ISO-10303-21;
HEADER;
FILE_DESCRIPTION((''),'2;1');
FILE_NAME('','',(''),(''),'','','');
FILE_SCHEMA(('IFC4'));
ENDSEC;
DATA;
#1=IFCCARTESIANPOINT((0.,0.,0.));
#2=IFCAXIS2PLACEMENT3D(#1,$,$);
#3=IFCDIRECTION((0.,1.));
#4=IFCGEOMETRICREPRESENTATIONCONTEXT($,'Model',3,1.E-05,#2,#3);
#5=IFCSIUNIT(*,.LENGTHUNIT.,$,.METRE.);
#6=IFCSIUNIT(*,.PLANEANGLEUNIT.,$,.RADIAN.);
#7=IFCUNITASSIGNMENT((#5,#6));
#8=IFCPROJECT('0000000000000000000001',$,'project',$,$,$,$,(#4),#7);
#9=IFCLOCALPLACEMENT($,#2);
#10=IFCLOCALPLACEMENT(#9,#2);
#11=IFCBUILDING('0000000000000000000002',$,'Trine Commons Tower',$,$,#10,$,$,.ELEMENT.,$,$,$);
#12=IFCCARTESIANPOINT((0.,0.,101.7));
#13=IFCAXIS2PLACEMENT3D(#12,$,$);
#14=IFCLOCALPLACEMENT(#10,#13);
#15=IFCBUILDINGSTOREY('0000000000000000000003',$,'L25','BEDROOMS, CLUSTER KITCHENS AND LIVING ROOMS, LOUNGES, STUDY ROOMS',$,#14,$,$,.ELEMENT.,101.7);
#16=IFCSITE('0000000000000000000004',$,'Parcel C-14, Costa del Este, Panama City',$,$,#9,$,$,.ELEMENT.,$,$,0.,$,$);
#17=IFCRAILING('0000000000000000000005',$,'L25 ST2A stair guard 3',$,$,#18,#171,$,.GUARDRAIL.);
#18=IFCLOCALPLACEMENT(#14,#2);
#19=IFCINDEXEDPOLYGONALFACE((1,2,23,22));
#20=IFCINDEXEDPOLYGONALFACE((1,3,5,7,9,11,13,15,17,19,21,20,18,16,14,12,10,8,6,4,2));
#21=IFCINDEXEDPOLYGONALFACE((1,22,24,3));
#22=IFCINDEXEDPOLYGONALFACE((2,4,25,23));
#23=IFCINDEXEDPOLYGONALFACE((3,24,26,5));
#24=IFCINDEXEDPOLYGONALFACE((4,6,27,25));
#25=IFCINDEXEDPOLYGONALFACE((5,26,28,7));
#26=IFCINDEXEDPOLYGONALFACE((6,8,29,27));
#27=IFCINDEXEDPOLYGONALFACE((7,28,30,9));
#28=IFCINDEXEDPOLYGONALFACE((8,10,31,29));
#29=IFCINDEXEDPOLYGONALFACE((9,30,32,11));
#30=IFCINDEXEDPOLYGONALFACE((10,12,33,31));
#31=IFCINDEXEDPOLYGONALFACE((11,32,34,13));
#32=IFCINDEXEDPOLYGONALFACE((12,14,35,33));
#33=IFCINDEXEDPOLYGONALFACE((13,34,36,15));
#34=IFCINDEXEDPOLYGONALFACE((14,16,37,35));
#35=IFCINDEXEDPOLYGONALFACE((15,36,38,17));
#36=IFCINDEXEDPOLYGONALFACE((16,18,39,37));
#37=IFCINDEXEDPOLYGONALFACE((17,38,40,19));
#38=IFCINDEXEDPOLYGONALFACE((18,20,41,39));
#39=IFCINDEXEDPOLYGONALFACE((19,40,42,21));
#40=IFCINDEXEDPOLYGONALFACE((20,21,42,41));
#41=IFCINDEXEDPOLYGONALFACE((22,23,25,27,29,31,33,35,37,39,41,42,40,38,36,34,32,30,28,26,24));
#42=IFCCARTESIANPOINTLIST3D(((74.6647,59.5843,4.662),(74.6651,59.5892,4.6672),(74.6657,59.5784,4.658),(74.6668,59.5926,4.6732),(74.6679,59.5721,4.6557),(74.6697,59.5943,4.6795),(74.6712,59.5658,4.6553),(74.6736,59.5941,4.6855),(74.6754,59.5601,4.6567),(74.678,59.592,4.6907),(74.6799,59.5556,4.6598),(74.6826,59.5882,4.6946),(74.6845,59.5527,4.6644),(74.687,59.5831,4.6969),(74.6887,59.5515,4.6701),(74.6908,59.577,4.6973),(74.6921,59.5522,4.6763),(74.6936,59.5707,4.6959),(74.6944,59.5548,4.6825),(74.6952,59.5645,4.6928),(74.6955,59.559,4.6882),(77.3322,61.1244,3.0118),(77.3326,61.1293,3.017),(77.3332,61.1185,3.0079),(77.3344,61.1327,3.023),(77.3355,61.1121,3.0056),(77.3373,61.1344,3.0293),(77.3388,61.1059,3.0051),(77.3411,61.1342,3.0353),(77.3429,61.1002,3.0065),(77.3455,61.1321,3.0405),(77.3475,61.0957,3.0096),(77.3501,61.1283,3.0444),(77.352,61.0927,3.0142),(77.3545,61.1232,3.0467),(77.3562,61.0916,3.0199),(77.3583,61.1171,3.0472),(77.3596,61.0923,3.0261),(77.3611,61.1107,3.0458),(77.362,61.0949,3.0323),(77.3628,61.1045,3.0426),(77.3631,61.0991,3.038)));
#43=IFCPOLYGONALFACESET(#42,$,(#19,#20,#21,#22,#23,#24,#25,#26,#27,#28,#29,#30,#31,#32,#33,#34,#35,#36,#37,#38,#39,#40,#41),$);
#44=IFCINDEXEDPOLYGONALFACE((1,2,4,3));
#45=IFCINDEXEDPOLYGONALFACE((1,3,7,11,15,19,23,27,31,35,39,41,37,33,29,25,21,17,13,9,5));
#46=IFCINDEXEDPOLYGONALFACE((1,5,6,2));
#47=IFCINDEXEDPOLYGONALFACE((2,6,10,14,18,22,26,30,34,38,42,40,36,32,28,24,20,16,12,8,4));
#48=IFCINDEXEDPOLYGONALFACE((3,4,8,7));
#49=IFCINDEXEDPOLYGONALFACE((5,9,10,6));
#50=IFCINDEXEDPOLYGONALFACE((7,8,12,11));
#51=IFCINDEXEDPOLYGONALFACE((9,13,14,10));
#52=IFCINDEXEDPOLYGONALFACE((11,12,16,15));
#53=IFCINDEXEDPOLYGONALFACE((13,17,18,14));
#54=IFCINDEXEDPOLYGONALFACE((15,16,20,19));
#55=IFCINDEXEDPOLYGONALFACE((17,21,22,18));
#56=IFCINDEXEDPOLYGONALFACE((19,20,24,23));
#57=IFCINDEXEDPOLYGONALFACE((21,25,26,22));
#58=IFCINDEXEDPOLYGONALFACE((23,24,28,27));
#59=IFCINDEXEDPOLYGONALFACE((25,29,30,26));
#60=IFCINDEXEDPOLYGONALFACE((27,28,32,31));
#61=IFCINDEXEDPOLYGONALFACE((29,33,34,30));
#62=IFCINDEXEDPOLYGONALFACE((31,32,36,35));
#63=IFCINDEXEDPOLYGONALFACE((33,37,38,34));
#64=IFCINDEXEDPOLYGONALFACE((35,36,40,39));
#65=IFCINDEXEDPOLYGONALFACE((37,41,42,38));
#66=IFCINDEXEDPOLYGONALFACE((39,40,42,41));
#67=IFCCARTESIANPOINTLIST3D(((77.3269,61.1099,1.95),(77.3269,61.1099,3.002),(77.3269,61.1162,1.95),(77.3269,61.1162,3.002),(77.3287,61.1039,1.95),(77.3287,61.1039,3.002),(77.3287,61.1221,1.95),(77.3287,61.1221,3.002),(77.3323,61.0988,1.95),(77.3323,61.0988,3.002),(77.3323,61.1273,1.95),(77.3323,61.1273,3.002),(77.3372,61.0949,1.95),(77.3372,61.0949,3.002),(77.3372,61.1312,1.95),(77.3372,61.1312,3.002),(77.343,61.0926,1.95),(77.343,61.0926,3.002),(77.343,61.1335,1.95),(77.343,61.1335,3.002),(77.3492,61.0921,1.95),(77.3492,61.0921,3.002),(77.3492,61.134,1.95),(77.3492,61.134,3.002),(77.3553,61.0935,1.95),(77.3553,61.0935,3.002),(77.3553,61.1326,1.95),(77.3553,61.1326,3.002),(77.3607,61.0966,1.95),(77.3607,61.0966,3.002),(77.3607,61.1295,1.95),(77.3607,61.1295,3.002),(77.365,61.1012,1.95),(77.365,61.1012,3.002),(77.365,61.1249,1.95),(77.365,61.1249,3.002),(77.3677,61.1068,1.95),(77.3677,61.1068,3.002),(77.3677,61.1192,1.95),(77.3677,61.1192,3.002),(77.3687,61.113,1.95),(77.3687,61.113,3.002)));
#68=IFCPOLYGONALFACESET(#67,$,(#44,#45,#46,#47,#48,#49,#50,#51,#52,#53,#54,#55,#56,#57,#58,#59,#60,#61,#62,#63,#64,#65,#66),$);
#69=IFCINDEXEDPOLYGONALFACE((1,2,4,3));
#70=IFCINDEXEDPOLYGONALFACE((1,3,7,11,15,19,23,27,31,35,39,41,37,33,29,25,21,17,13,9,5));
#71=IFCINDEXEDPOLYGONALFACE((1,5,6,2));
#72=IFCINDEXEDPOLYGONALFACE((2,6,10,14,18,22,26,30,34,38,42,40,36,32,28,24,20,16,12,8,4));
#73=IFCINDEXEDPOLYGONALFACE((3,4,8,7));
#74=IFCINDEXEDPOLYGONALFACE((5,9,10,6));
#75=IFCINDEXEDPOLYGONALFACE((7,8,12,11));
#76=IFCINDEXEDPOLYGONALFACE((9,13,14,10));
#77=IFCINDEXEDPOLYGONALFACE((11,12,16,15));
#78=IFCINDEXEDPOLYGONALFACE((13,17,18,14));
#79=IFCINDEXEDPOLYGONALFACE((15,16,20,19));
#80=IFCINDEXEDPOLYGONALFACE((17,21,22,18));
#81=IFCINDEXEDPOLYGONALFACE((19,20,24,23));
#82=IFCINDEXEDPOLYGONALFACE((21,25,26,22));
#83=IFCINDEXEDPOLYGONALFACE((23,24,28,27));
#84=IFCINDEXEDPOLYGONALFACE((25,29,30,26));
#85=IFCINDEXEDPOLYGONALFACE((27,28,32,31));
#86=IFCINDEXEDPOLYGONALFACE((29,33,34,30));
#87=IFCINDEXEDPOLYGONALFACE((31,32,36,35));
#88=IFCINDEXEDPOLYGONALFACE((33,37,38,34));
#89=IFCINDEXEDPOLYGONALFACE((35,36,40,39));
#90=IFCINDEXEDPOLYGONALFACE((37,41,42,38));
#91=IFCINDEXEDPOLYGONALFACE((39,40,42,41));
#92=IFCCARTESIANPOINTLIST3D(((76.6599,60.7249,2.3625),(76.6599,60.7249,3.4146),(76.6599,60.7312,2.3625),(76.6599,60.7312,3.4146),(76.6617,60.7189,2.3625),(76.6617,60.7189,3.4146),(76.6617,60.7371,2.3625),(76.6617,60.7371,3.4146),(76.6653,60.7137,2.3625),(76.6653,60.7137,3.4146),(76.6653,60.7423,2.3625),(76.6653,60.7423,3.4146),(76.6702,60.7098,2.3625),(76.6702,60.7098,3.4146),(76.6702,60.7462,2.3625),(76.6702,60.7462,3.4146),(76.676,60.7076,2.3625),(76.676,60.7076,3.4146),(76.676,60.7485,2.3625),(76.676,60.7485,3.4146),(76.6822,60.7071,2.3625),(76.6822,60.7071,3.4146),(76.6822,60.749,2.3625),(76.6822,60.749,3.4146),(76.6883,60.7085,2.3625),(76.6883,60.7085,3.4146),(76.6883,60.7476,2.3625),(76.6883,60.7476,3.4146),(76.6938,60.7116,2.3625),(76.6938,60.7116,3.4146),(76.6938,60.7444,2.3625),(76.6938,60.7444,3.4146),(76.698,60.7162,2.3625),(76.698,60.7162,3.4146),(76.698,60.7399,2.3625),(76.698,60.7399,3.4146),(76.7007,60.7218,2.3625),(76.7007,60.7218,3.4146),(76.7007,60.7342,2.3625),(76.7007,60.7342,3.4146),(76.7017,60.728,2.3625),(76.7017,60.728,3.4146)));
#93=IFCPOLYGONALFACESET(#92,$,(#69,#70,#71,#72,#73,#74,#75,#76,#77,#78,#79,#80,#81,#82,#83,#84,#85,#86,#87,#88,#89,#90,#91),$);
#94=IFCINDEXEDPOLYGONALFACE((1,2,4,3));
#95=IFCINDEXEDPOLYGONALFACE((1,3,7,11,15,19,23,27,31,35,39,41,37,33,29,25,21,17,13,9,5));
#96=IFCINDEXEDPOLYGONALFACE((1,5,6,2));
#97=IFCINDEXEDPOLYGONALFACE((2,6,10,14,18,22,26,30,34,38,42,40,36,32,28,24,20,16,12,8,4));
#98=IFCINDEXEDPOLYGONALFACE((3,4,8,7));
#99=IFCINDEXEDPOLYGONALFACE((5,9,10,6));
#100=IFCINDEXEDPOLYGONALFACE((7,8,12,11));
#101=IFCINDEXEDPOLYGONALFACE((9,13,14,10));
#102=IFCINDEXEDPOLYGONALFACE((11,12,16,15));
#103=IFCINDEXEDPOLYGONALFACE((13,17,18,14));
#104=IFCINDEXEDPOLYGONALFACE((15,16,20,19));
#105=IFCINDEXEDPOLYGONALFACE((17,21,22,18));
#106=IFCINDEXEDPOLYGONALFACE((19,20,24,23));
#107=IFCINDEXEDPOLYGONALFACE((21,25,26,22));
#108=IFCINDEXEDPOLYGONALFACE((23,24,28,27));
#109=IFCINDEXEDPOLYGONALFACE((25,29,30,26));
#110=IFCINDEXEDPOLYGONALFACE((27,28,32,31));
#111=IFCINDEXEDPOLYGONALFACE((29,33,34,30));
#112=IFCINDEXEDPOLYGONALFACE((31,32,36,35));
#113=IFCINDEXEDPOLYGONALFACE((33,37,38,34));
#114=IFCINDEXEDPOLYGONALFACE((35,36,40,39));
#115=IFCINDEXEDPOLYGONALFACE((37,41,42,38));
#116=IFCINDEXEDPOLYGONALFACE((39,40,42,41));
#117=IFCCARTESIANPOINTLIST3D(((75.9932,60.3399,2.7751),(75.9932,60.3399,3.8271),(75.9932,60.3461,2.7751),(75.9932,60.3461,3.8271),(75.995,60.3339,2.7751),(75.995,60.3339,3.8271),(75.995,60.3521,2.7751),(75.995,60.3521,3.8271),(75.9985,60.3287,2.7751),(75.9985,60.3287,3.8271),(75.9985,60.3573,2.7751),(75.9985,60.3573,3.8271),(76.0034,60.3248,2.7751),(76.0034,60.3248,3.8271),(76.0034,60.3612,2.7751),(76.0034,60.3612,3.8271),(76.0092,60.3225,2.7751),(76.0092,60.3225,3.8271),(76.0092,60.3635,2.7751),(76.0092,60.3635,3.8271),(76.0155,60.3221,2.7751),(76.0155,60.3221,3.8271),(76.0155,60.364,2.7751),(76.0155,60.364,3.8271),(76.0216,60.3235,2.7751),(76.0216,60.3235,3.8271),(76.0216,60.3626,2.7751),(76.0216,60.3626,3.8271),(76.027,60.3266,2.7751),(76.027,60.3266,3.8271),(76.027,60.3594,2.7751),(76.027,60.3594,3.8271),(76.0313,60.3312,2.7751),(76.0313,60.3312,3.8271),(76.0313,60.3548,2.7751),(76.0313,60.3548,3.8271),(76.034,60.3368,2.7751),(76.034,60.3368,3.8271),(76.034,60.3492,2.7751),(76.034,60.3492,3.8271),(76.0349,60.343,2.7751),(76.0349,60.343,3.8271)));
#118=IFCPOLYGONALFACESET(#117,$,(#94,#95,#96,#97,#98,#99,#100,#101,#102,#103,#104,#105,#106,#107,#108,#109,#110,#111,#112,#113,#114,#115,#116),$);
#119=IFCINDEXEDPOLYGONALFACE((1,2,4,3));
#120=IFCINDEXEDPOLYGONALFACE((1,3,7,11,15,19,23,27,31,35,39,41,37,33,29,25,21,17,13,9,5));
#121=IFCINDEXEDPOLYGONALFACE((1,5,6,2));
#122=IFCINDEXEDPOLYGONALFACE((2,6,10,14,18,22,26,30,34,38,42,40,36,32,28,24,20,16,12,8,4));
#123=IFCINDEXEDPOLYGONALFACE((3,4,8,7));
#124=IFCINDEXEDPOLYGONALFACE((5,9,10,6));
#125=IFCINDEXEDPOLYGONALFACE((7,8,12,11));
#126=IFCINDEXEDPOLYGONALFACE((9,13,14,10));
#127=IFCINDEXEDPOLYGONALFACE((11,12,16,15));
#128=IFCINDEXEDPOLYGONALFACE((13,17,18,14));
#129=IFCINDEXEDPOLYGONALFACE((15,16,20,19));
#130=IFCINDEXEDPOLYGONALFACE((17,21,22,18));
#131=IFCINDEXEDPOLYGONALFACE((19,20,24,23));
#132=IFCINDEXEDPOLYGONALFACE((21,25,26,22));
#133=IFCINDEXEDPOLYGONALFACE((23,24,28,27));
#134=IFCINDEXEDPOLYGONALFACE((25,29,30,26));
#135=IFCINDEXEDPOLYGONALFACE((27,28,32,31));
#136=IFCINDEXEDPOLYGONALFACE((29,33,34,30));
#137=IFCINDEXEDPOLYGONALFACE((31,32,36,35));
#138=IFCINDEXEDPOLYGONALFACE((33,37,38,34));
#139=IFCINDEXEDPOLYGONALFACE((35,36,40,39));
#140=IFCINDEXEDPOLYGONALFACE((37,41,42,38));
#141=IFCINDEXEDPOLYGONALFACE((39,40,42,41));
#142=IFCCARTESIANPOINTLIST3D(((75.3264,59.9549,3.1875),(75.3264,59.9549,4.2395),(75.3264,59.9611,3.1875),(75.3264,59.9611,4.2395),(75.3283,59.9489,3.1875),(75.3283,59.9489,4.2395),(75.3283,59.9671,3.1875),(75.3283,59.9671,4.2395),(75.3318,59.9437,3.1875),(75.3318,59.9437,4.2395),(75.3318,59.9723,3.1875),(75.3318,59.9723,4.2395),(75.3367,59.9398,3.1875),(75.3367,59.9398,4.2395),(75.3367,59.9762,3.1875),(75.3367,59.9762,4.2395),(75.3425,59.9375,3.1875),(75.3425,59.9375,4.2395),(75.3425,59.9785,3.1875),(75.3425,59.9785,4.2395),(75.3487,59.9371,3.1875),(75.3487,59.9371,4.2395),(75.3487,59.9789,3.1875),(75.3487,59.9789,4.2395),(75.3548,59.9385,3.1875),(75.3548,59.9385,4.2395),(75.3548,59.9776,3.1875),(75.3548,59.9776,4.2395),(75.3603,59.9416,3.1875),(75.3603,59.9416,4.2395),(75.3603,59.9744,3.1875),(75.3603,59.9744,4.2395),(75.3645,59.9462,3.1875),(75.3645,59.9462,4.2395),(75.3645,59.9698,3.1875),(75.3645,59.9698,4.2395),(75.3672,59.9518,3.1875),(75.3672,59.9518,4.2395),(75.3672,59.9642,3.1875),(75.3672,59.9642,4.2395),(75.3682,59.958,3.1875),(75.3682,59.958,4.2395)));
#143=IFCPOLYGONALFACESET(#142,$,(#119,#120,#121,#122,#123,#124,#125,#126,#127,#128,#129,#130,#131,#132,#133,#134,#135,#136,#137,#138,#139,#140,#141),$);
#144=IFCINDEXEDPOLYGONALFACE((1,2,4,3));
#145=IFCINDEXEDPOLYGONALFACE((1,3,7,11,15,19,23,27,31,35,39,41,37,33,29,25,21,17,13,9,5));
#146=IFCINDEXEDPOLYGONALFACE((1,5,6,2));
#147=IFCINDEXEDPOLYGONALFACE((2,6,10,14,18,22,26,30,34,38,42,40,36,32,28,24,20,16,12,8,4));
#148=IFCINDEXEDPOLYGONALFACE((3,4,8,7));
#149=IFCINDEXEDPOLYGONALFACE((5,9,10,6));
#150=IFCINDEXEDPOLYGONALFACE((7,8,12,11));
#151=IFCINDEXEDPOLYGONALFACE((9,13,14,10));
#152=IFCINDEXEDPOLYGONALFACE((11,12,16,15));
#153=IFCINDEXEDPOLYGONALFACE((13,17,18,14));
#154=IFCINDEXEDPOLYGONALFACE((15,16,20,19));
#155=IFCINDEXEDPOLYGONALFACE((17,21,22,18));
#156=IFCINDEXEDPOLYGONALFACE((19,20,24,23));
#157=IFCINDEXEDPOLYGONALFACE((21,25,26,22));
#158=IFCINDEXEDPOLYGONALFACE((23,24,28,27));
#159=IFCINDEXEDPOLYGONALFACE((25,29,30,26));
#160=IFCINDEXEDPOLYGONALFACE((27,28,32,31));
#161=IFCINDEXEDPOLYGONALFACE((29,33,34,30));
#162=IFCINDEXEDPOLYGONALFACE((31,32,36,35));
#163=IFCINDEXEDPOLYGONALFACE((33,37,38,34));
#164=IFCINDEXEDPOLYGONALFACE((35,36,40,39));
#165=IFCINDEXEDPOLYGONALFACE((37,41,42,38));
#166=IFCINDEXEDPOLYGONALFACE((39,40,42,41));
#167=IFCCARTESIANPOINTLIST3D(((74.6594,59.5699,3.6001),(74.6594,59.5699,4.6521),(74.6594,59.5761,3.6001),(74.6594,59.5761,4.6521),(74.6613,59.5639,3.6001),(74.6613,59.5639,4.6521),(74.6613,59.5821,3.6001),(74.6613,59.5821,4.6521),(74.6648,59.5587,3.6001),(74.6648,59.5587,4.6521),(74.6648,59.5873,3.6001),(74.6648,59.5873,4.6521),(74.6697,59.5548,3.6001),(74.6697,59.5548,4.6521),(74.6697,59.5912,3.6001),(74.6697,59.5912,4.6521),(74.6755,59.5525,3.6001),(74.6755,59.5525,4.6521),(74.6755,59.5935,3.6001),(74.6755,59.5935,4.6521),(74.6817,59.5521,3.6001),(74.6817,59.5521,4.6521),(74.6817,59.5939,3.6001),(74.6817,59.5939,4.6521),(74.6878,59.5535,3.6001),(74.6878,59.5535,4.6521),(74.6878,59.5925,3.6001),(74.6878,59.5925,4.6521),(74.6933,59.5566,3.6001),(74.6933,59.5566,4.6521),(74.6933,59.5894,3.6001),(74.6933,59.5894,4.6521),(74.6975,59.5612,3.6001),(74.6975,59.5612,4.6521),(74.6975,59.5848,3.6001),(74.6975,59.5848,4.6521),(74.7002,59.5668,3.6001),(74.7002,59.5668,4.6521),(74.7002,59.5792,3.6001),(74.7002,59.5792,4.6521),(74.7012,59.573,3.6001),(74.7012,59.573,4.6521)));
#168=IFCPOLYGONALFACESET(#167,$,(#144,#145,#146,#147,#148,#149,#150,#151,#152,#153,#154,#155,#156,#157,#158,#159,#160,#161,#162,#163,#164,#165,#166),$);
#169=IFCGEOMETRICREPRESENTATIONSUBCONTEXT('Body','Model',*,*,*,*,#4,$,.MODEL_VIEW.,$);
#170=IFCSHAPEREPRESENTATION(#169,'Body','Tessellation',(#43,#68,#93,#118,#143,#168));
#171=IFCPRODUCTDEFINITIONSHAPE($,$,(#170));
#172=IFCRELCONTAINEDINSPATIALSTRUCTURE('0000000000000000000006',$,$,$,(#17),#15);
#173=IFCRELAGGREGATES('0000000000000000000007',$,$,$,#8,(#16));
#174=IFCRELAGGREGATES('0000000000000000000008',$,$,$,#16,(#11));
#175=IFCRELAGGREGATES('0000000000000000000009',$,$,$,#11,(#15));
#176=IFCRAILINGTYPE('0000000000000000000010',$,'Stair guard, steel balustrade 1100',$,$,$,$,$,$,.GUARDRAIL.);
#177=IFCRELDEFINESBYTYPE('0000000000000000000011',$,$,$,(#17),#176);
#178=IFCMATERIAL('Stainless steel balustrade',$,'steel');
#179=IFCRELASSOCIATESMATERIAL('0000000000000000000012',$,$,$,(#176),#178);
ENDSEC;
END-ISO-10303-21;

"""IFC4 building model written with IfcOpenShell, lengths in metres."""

from ifc_helpers import new_model, si_unit, direction, frame, origin, origin_2d, place, context, subcontext, project, spatial, circle, extrude, material, type_object, element, save


model = new_model("IFC4")

# Units and contexts
model_context = context("Model", 3, precision=1e-05, world=origin(), true_north=direction((0.0, 1.0)))
body_context = subcontext(model_context, "Body", "Model", "MODEL_VIEW")
ifc_project = project(units=[si_unit("LENGTHUNIT", "METRE"), si_unit("PLANEANGLEUNIT", "RADIAN")], contexts=[model_context])

# Site, building, storey
site_placement = place(None, origin())
site = spatial("IfcSite", under=ifc_project, at=site_placement, Name="Parcel C-14, Costa del Este, Panama City", CompositionType="ELEMENT", RefElevation=0.0)
building_placement = place(site_placement, origin())
building = spatial("IfcBuilding", under=site, at=building_placement, Name="Trine Commons Tower", CompositionType="ELEMENT")
storey_placement = place(building_placement, frame((0.0, 0.0, 101.7)))
storey = spatial("IfcBuildingStorey", under=building, at=storey_placement, Name="L25", Description="BEDROOMS, CLUSTER KITCHENS AND LIVING ROOMS, LOUNGES, STUDY ROOMS", CompositionType="ELEMENT", Elevation=101.7)

# Railing
ifc_material_1 = material(Name="Stainless steel balustrade", Category="steel")
railing_type_1 = type_object("IfcRailingType", Name="Stair guard, steel balustrade 1100", PredefinedType="GUARDRAIL", material=ifc_material_1)
railing_1_placement = place(storey_placement, frame((77.3477, 61.113, 1.95)))
element("IfcRailing", 1, at=railing_1_placement, inside=storey, type_object=railing_type_1, Name="L25 ST2A stair guard 3", PredefinedType="GUARDRAIL", context=body_context, shape_type="SweptSolid", body=[
    extrude(circle(Radius=0.0239, at=origin_2d()), frame((0.0, 0.0, 1.0762), z_axis=(-0.76338, -0.440728, 0.472239), x_axis=(0.499992, -0.86603, 0.0)), (0.0, 0.0, 1.0), 3.4944),
    extrude(circle(Radius=0.021, at=origin_2d()), origin(), (0.0, 0.0, 1.0), 1.052),
    extrude(circle(Radius=0.021, at=origin_2d()), frame((-0.667, -0.385, 0.4126)), (0.0, 0.0, 1.0), 1.052),
    extrude(circle(Radius=0.021, at=origin_2d()), frame((-1.3337, -0.77, 0.8252)), (0.0, 0.0, 1.0), 1.052),
    extrude(circle(Radius=0.021, at=origin_2d()), frame((-2.0005, -1.155, 1.2375)), (0.0, 0.0, 1.0), 1.052),
    extrude(circle(Radius=0.021, at=origin_2d()), frame((-2.6675, -1.54, 1.6501)), (0.0, 0.0, 1.0), 1.052),
])

save(model, "model.ifc")
